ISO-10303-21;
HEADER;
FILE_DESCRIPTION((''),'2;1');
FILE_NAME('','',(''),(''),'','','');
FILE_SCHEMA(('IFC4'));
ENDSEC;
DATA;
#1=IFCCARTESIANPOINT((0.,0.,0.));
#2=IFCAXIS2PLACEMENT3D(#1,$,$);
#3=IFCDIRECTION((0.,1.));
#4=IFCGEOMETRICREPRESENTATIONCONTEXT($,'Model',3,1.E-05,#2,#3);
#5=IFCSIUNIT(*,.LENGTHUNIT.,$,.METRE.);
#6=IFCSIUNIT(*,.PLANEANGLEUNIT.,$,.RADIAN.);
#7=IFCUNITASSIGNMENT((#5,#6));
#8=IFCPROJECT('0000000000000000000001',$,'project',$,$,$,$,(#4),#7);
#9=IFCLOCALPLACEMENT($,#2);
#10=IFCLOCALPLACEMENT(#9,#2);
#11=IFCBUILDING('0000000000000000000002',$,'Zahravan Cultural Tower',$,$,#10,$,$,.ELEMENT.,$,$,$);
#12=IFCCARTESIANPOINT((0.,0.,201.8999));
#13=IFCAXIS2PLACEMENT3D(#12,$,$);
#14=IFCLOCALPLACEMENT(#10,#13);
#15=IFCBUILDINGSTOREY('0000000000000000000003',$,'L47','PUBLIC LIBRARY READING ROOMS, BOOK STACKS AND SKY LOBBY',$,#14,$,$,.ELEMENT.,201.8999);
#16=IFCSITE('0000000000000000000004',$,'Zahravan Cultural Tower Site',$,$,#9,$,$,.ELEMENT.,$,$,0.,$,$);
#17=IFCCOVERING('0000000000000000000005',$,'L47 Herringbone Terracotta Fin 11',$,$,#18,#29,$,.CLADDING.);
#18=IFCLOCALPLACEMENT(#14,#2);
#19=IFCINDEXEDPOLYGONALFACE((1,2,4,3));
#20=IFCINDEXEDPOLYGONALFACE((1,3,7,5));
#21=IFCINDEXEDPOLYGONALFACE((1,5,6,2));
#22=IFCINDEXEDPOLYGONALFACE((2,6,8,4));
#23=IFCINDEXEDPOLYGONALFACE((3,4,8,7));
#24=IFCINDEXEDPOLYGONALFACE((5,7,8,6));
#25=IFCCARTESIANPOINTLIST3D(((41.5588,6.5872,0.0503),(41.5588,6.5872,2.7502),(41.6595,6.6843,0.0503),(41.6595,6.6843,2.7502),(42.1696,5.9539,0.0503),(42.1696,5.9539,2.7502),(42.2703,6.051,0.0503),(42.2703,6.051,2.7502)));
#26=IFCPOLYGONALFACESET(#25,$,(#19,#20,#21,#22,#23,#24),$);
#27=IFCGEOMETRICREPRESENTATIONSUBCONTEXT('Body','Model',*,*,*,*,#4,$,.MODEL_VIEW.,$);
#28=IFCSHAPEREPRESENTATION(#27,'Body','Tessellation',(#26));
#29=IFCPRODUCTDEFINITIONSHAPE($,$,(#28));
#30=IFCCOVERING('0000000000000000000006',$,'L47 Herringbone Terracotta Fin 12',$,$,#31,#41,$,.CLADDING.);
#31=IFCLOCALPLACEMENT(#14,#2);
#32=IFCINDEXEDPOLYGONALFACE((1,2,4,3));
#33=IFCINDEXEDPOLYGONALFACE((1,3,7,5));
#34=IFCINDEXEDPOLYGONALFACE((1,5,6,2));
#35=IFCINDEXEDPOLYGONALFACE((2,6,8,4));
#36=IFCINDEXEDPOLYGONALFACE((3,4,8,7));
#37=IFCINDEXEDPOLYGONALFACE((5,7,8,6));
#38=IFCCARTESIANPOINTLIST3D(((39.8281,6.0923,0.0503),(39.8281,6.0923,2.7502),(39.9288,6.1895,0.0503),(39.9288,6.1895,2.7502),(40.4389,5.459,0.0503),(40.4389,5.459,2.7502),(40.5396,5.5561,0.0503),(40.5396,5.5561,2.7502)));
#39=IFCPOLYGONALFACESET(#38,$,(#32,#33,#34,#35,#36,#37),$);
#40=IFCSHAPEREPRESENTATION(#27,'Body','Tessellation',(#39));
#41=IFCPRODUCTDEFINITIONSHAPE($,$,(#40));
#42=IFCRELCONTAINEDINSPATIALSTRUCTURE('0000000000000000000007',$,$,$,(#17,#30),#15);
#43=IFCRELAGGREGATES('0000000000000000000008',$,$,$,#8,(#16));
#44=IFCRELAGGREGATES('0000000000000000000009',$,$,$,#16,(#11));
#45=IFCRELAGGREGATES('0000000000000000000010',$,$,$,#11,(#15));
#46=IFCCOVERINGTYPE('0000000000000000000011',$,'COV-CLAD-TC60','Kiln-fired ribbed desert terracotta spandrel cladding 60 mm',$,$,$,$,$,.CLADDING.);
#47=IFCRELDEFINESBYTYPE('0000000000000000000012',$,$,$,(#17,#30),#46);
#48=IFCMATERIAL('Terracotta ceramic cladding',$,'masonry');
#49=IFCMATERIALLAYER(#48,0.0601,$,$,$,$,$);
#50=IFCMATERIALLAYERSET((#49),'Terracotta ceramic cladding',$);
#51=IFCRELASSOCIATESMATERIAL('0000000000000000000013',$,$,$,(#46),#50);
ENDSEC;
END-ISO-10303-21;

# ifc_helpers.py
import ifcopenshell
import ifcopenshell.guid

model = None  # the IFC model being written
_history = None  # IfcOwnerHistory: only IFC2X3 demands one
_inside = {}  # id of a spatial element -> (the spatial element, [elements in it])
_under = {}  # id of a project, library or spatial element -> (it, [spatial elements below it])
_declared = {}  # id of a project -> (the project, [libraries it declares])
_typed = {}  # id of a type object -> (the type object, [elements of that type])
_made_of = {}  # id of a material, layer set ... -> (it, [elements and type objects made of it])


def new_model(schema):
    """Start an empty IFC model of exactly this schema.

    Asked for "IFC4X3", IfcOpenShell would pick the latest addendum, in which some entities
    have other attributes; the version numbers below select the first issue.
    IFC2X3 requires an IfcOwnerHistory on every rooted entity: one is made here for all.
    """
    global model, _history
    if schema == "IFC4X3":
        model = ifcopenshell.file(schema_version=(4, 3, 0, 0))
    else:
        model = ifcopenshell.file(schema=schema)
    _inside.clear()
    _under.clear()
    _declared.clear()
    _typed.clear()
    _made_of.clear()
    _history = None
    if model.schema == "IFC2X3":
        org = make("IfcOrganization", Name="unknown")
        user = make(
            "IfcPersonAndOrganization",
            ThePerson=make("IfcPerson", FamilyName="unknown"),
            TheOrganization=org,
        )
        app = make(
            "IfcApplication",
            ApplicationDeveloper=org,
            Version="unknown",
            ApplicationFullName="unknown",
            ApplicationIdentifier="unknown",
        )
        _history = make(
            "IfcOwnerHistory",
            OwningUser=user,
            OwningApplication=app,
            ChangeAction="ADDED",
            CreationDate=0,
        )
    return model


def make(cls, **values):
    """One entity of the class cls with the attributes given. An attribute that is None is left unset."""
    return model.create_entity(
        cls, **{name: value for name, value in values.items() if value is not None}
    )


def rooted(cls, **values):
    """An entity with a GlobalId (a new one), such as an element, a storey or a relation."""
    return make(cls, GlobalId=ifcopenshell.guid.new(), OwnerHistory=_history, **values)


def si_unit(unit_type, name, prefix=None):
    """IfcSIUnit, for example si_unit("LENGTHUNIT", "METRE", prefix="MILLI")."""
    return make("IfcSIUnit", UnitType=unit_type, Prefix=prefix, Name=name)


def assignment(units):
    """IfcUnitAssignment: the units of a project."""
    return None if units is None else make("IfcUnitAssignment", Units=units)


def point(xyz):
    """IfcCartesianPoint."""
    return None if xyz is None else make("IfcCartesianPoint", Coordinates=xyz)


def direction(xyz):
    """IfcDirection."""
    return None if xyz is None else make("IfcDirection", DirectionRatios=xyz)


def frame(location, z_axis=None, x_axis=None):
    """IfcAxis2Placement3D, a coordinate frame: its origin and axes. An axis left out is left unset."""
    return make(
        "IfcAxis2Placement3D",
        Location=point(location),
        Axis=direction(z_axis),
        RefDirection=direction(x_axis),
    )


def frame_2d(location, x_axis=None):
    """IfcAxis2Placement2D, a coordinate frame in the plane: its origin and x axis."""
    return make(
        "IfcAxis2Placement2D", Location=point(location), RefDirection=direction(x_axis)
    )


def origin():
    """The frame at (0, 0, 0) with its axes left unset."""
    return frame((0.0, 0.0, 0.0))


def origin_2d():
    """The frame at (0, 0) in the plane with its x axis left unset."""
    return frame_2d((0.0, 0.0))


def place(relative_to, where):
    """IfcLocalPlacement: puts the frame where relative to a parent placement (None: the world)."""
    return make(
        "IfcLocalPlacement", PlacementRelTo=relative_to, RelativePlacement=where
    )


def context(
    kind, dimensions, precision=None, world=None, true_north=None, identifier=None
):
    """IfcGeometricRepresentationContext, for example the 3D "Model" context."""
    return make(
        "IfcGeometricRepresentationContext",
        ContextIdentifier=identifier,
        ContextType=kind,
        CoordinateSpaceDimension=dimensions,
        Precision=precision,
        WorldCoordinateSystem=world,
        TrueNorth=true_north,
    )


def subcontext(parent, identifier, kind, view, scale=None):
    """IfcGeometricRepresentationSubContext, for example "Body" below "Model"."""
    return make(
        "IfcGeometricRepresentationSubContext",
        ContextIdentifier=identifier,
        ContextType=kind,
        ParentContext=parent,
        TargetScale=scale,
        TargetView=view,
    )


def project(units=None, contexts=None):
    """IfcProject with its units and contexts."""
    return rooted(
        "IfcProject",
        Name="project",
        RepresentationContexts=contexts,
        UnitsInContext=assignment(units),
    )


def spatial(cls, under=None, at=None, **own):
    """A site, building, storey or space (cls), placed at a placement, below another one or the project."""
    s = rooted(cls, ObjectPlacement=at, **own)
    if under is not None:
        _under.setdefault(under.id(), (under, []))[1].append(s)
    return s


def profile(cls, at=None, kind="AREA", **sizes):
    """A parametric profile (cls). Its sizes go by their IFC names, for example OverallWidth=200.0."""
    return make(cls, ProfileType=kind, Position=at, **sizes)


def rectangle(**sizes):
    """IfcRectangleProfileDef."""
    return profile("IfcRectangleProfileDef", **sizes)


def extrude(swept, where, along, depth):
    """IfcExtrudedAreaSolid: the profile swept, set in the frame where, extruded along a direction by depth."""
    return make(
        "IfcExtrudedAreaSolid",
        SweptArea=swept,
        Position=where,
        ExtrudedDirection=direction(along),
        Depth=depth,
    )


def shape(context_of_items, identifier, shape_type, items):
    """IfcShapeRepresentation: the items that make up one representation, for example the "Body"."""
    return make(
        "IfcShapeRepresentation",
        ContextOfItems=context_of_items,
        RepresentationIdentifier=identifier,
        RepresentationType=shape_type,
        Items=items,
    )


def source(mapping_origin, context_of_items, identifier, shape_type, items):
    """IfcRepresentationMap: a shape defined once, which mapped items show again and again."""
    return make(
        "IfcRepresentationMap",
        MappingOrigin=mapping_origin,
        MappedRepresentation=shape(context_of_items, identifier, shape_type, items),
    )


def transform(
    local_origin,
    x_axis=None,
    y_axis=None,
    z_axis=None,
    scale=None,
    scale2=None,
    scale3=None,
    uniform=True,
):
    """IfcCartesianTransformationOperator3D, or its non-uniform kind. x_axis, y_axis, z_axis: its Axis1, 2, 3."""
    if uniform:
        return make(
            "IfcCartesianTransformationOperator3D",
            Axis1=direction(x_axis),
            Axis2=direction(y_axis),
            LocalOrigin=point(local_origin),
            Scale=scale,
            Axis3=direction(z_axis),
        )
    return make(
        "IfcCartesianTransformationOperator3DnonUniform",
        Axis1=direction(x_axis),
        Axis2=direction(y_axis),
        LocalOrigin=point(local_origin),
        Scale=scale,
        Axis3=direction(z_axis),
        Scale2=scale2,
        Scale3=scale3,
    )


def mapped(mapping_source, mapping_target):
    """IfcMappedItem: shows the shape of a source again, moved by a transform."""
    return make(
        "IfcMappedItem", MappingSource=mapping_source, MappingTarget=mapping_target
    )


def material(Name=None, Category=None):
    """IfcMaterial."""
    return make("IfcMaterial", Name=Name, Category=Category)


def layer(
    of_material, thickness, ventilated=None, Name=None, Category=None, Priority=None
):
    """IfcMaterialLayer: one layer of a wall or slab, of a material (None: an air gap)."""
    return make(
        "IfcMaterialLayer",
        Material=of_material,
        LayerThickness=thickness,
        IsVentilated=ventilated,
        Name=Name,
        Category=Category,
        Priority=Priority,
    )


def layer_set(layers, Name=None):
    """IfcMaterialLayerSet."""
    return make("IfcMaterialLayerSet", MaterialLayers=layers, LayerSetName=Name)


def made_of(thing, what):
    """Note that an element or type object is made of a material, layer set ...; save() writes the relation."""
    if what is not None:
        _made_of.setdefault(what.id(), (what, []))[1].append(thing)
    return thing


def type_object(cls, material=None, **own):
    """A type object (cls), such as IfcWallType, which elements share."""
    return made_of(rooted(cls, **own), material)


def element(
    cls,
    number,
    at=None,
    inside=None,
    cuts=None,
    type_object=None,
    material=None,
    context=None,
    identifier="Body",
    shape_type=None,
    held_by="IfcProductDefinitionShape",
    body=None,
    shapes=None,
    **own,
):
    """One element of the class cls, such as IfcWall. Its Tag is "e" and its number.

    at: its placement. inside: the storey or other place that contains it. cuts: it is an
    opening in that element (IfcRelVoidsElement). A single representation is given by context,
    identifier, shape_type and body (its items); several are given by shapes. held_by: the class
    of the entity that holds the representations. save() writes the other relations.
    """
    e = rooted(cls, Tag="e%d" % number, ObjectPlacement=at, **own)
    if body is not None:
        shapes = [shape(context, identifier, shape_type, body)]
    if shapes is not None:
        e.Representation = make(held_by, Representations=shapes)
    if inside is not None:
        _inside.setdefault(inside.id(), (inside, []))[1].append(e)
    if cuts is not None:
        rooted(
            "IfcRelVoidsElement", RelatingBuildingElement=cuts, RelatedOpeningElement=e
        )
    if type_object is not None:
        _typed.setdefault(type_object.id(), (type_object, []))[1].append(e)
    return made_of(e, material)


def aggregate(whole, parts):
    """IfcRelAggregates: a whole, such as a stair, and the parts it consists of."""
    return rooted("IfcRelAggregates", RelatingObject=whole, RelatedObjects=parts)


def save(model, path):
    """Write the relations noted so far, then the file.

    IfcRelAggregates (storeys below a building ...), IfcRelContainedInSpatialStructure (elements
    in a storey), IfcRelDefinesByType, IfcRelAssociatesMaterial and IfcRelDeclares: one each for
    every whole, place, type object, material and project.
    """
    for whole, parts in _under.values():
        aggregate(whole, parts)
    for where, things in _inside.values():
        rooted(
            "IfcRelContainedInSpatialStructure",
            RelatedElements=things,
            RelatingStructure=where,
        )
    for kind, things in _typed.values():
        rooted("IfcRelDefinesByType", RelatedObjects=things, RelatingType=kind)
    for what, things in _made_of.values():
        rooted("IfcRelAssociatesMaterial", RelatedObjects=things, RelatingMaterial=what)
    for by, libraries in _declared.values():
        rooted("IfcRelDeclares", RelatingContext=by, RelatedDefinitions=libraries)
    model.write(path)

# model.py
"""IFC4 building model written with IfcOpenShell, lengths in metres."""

from ifc_helpers import new_model, si_unit, direction, frame, origin, origin_2d, place, context, subcontext, project, spatial, rectangle, extrude, source, transform, mapped, material, layer, layer_set, type_object, element, save


model = new_model("IFC4")

# Units and contexts
model_context = context("Model", 3, precision=1e-05, world=origin(), true_north=direction((0.0, 1.0)))
body_context = subcontext(model_context, "Body", "Model", "MODEL_VIEW")
ifc_project = project(units=[si_unit("LENGTHUNIT", "METRE"), si_unit("PLANEANGLEUNIT", "RADIAN")], contexts=[model_context])

# Site, building, storey
site_placement = place(None, origin())
site = spatial("IfcSite", under=ifc_project, at=site_placement, Name="Zahravan Cultural Tower Site", CompositionType="ELEMENT", RefElevation=0.0)
building_placement = place(site_placement, origin())
building = spatial("IfcBuilding", under=site, at=building_placement, Name="Zahravan Cultural Tower", CompositionType="ELEMENT")
storey_placement = place(building_placement, frame((0.0, 0.0, 201.8999)))
storey = spatial("IfcBuildingStorey", under=building, at=storey_placement, Name="L47", Description="PUBLIC LIBRARY READING ROOMS, BOOK STACKS AND SKY LOBBY", CompositionType="ELEMENT", Elevation=201.8999)

# Coverings
ifc_material_1 = material(Name="Terracotta ceramic cladding", Category="masonry")
ifc_layer_1 = layer(ifc_material_1, 0.0601)
ifc_layer_set_1 = layer_set([ifc_layer_1], Name="Terracotta ceramic cladding")
covering_type = type_object("IfcCoveringType", Name="COV-CLAD-TC60", Description="Kiln-fired ribbed desert terracotta spandrel cladding 60 mm", PredefinedType="CLADDING", material=ifc_layer_set_1)
shared_shape_1 = source(origin(), body_context, "Body", "SweptSolid", [
    extrude(rectangle(XDim=0.8799, YDim=0.1399, at=origin_2d()), origin(), (0.0, 0.0, 1.0), 2.7),
])
for number, where, z_axis, x_axis, name in (
    (1, (41.9146, 6.3191, 0.0503), (0.0, 0.0, 1.0), (0.694156, -0.719825, 0.0), "L47 Herringbone Terracotta Fin 11"),
    (2, (40.1838, 5.8242, 0.0503), (0.0, 0.0, 1.0), (0.694156, -0.719825, 0.0), "L47 Herringbone Terracotta Fin 12"),
):
    element("IfcCovering", number, at=place(storey_placement, frame(where, z_axis=z_axis, x_axis=x_axis)), inside=storey, type_object=covering_type, Name=name, PredefinedType="CLADDING", context=body_context, shape_type="MappedRepresentation", body=[
        mapped(shared_shape_1, transform((0.0, 0.0, 0.0), x_axis=(1.0, 0.0, 0.0), y_axis=(0.0, 1.0, 0.0), z_axis=(0.0, 0.0, 1.0), scale=1.0)),
    ])

save(model, "model.ifc")
